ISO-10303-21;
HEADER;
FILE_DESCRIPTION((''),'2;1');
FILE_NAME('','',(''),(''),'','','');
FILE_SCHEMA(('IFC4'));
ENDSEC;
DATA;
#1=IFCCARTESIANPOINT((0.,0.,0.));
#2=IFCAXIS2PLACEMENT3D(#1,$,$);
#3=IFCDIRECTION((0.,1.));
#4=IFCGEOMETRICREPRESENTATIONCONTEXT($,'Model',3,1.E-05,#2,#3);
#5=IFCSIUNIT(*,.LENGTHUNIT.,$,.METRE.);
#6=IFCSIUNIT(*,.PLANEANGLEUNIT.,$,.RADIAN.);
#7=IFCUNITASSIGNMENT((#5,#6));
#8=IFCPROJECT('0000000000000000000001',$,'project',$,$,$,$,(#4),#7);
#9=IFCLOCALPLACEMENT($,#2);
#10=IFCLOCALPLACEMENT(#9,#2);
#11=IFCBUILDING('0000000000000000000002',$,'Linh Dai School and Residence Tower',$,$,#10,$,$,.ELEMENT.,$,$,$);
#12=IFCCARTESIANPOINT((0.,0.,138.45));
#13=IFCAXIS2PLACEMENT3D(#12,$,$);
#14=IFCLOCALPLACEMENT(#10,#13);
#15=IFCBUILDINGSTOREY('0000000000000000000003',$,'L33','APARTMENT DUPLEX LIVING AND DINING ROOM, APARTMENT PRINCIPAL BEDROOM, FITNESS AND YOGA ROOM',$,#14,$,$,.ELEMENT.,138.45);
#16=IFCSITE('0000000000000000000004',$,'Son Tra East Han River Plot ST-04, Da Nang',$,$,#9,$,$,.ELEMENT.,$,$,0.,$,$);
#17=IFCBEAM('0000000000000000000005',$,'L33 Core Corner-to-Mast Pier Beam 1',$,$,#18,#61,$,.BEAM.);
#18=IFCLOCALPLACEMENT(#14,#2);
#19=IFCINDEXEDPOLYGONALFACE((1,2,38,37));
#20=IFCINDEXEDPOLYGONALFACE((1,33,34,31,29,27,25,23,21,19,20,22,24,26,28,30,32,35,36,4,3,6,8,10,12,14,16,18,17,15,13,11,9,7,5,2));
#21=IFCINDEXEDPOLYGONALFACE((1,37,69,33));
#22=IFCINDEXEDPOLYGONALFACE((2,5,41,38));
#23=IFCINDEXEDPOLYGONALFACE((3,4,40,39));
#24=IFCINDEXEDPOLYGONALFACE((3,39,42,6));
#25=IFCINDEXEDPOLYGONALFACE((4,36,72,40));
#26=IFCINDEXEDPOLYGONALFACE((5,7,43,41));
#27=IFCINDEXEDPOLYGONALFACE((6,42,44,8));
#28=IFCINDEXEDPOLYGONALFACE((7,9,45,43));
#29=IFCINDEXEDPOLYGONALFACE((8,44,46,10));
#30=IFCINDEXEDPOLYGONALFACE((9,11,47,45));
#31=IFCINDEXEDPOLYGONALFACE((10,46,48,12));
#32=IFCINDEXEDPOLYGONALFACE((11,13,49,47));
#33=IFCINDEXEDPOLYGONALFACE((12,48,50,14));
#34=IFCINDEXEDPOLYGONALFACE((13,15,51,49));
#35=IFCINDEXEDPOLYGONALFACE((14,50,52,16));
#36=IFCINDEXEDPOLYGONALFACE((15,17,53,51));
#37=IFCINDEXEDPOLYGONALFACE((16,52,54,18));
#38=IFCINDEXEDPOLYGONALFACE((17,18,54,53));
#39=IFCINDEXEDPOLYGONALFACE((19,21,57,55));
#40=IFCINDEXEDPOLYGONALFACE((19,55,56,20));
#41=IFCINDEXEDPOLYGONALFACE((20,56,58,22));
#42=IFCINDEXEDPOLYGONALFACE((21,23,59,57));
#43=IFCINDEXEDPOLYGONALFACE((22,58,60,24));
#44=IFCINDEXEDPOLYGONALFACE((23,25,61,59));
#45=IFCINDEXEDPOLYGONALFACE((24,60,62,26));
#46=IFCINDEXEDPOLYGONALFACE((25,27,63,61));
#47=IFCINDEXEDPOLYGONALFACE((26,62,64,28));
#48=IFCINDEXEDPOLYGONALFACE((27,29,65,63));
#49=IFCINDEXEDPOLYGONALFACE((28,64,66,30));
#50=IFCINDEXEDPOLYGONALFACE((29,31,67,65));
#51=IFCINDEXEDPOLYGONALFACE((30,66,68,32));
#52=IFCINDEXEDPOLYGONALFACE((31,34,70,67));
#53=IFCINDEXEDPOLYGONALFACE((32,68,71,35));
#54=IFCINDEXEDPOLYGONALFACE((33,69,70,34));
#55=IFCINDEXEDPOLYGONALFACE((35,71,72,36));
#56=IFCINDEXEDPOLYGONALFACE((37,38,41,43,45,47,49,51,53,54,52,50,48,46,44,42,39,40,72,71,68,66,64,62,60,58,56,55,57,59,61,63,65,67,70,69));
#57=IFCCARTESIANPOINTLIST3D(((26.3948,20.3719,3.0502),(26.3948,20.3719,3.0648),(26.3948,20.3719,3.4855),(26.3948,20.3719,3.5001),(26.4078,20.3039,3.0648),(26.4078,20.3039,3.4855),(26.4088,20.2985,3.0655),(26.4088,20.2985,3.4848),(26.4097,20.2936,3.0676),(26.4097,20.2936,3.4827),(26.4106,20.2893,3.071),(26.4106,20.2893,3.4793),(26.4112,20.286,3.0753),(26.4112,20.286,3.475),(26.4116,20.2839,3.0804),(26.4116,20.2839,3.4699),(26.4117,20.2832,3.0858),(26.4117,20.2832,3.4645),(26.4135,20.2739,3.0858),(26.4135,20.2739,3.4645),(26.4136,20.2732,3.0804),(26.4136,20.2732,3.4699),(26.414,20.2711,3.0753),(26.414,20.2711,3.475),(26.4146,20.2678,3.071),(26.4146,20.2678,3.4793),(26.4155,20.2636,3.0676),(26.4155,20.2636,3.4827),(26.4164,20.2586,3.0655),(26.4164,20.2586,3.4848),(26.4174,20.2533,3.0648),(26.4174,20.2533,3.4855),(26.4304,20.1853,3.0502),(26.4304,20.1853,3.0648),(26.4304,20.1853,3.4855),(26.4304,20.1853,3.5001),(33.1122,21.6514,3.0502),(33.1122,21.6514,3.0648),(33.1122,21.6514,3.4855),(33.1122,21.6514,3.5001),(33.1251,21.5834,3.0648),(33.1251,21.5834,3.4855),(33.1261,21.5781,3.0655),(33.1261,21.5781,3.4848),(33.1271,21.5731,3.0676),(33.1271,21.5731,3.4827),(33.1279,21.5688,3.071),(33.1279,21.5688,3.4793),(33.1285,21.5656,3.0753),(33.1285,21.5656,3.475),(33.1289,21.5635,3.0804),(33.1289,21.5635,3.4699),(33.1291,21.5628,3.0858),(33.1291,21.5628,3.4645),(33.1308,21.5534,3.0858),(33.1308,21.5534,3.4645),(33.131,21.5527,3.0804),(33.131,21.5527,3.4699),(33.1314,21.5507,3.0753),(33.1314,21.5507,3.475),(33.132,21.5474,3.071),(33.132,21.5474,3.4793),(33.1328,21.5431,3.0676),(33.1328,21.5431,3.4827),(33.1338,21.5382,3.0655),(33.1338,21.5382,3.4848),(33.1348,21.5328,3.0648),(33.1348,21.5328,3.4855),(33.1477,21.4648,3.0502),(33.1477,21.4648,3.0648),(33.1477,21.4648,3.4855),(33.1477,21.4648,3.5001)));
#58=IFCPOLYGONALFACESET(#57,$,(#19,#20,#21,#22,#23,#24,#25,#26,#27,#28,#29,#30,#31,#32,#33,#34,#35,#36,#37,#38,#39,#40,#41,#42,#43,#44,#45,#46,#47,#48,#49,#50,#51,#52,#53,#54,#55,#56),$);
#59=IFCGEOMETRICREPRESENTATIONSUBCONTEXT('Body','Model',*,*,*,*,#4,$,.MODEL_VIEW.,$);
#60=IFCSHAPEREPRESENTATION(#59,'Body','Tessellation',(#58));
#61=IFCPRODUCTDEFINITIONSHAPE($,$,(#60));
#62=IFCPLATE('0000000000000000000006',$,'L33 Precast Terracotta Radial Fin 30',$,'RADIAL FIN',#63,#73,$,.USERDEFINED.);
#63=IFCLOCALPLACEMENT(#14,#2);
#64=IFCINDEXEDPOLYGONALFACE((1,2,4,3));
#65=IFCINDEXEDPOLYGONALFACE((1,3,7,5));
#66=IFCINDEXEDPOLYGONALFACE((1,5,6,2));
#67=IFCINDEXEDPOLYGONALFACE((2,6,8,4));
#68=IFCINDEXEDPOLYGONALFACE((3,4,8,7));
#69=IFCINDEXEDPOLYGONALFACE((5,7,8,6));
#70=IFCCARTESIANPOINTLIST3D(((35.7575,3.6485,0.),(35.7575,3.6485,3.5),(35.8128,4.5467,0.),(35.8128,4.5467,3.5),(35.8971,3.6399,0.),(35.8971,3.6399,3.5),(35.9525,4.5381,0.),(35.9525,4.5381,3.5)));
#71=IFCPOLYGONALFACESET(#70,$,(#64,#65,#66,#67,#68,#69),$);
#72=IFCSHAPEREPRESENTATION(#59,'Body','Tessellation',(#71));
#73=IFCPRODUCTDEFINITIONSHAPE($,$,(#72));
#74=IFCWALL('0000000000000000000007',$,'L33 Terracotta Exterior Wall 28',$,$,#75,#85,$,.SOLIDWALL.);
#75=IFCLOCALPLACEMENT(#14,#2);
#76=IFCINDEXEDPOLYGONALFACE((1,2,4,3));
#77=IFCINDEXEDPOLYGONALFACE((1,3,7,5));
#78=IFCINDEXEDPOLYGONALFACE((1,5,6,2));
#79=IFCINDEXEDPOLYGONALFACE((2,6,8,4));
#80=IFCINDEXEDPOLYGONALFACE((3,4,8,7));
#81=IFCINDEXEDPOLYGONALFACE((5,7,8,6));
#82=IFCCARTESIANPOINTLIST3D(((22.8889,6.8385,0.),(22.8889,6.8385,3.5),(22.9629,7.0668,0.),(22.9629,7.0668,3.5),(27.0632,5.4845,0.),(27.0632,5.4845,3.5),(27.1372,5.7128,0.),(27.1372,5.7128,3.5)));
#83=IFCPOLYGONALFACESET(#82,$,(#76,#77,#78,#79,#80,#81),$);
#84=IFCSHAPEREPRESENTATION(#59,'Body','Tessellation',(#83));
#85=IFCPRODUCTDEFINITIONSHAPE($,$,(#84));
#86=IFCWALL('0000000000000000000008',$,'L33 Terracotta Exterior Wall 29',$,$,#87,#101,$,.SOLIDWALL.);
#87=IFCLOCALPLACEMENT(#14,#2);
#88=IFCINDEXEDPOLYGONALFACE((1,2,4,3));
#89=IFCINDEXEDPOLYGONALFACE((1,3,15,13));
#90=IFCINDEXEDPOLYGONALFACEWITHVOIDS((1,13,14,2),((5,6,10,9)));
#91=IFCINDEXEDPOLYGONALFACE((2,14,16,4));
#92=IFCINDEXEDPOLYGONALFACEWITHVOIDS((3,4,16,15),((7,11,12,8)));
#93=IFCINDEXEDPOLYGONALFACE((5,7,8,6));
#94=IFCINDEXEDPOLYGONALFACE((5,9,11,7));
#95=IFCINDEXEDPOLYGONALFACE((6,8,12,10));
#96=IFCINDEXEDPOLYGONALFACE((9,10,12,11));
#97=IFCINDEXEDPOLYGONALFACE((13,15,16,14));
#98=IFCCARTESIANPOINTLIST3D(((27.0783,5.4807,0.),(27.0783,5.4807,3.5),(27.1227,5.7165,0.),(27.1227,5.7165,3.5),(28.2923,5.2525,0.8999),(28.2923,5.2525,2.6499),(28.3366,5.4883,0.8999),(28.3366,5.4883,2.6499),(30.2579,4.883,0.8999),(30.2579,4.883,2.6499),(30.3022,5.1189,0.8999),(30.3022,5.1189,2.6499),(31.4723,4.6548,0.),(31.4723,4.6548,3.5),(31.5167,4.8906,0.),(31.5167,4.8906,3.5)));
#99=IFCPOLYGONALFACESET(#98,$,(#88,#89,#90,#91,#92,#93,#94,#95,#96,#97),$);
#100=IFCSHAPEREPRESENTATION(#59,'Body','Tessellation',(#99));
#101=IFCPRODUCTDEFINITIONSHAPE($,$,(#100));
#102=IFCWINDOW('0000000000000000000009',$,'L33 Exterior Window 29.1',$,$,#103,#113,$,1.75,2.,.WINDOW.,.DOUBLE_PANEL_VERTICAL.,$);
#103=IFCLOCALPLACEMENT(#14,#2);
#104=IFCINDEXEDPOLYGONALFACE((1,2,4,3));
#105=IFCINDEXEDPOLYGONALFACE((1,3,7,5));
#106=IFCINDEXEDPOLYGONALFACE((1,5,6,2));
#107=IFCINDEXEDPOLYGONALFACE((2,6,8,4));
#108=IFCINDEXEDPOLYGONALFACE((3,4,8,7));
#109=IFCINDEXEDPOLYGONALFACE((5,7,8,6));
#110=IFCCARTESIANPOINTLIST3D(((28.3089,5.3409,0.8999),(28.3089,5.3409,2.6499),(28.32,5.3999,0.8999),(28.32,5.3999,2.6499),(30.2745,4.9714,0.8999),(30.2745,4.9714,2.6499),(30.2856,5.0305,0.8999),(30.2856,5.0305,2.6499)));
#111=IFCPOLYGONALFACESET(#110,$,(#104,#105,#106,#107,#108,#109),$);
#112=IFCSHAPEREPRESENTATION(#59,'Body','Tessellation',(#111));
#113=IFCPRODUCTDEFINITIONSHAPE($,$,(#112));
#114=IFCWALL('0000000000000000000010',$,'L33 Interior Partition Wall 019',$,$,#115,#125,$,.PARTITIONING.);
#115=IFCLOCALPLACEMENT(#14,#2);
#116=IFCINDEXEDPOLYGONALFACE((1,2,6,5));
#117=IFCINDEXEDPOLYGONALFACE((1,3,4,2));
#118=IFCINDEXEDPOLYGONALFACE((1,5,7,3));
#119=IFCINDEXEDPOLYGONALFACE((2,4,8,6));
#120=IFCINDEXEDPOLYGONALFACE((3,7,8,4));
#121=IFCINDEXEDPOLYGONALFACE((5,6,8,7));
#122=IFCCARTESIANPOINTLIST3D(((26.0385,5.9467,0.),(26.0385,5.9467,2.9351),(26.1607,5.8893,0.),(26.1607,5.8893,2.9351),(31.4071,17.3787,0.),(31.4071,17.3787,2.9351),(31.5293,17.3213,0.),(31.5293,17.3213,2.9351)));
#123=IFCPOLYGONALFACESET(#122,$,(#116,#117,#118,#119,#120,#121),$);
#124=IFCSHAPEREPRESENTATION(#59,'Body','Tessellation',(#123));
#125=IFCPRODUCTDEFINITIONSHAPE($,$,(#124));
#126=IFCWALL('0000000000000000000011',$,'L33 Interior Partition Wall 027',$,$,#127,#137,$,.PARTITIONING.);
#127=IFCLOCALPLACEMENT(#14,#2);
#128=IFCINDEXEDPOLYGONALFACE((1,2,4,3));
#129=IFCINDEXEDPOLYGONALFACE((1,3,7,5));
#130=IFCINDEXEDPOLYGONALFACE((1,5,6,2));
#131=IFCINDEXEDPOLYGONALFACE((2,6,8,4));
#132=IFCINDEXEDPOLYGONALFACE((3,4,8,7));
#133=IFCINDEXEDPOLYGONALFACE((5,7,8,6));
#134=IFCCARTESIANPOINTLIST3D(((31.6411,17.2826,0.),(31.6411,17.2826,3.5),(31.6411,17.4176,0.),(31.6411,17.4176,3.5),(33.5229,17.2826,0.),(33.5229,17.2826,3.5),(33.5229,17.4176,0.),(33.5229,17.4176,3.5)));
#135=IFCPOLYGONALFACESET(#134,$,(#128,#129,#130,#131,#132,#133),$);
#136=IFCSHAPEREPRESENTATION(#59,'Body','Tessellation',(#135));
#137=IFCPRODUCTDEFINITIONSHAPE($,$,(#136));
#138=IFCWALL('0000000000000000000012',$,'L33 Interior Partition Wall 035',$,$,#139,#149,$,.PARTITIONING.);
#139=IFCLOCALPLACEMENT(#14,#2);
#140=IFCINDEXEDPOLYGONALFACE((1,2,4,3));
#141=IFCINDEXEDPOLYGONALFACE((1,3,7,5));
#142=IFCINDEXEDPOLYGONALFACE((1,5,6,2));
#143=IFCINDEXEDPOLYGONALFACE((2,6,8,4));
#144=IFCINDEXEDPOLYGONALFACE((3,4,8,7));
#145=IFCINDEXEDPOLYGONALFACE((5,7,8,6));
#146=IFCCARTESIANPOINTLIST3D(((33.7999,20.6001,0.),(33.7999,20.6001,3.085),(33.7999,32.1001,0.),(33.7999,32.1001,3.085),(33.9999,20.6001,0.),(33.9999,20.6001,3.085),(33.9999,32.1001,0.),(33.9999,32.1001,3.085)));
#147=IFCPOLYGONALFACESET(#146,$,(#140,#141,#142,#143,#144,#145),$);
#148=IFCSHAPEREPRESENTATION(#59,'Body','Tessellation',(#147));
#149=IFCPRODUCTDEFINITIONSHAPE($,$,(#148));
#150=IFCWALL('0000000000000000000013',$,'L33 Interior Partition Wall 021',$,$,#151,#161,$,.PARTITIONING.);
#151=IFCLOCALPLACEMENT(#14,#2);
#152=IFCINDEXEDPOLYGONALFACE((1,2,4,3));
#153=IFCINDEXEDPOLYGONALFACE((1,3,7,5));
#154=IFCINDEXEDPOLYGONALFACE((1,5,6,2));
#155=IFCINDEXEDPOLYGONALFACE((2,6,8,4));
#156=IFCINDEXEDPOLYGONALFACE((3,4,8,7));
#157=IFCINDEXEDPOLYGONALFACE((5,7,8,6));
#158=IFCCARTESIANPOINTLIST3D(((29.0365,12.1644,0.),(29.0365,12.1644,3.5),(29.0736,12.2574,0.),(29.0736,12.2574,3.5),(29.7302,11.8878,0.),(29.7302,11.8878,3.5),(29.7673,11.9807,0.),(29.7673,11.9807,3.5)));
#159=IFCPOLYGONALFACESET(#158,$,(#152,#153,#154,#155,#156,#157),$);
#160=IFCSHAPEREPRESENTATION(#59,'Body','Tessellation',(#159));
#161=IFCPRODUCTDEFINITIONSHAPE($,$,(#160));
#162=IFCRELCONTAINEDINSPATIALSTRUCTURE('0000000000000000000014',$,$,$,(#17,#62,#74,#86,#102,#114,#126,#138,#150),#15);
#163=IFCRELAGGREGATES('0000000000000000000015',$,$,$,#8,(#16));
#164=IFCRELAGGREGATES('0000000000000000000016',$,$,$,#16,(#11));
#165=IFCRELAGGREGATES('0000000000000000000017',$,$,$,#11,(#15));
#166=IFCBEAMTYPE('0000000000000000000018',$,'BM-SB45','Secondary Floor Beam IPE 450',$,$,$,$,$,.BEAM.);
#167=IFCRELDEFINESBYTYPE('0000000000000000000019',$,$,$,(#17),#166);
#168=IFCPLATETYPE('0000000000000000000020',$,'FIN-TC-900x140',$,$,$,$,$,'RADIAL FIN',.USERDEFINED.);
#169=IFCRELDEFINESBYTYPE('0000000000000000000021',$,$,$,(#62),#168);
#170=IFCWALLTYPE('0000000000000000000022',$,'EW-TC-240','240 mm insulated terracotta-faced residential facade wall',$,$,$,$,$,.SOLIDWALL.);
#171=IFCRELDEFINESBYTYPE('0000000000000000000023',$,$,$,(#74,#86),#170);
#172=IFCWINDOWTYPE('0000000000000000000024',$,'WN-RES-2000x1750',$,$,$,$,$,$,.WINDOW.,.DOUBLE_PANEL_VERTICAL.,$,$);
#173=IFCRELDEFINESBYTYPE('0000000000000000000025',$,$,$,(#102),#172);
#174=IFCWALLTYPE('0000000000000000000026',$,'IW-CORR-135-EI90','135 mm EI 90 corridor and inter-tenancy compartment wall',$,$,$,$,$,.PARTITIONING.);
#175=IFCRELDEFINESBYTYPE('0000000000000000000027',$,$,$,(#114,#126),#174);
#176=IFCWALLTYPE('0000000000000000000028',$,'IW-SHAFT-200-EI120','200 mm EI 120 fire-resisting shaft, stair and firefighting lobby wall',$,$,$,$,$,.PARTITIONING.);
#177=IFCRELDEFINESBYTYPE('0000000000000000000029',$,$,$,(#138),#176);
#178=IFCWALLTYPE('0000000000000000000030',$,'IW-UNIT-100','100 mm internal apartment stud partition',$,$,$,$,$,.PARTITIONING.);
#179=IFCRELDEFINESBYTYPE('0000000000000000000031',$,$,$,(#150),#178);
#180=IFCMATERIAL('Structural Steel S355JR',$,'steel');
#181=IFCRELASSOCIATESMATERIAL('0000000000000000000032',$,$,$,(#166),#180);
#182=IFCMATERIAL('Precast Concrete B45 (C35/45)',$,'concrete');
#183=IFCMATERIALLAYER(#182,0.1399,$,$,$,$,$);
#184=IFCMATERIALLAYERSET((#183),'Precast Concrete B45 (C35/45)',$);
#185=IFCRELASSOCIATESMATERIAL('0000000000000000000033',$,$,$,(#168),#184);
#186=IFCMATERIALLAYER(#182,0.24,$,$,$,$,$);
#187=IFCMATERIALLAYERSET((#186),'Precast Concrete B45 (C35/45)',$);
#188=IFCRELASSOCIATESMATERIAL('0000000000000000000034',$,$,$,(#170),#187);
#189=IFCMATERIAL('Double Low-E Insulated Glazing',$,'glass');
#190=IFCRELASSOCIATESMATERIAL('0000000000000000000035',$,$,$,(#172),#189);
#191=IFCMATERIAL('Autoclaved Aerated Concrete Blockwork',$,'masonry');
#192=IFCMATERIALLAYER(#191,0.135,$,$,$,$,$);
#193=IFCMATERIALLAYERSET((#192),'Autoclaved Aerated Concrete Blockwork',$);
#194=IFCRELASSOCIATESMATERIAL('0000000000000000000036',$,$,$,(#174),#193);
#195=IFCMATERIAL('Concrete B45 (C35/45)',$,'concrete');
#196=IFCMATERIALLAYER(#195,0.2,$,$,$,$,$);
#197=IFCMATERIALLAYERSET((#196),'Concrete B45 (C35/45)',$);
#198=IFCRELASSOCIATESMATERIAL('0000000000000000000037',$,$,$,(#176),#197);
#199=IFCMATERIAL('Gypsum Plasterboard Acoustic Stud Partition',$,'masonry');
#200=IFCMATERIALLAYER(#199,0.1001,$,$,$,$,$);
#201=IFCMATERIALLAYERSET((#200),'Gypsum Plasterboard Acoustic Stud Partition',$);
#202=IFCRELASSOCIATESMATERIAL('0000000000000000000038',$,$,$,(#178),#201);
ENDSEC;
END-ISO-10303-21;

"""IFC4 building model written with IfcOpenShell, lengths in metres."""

from ifc_helpers import new_model, si_unit, direction, frame, frame_2d, origin, origin_2d, place, context, subcontext, project, spatial, rectangle, i_section, extrude, source, transform, mapped, material, layer, layer_set, material_profile, profile_set, type_object, element, fill, save


model = new_model("IFC4")

# Units and contexts
model_context = context("Model", 3, precision=1e-05, world=origin(), true_north=direction((0.0, 1.0)))
body_context = subcontext(model_context, "Body", "Model", "MODEL_VIEW")
ifc_project = project(units=[si_unit("LENGTHUNIT", "METRE"), si_unit("PLANEANGLEUNIT", "RADIAN")], contexts=[model_context])

# Site, building, storey
site_placement = place(None, origin())
site = spatial("IfcSite", under=ifc_project, at=site_placement, Name="Son Tra East Han River Plot ST-04, Da Nang", CompositionType="ELEMENT", RefElevation=0.0)
building_placement = place(site_placement, origin())
building = spatial("IfcBuilding", under=site, at=building_placement, Name="Linh Dai School and Residence Tower", CompositionType="ELEMENT")
storey_placement = place(building_placement, frame((0.0, 0.0, 138.45)))
storey = spatial("IfcBuildingStorey", under=building, at=storey_placement, Name="L33", Description="APARTMENT DUPLEX LIVING AND DINING ROOM, APARTMENT PRINCIPAL BEDROOM, FITNESS AND YOGA ROOM", CompositionType="ELEMENT", Elevation=138.45)

# Shared definitions
ifc_material_1 = material(Name="Structural Steel S355JR", Category="steel")

# Beam
ifc_material_profile_1 = material_profile(ifc_material_1, i_section(OverallWidth=0.1899, OverallDepth=0.45, WebThickness=0.0095, FlangeThickness=0.0146, FilletRadius=0.021, at=origin_2d()), Name="IPE 450")
ifc_profile_set_1 = profile_set([ifc_material_profile_1], Name="Structural Steel S355JR")
beam_type_1 = type_object("IfcBeamType", Name="BM-SB45", Description="Secondary Floor Beam IPE 450", PredefinedType="BEAM", material=ifc_profile_set_1)
beam_1_placement = place(storey_placement, frame((26.4126, 20.2786, 3.2751), z_axis=(0.982337, 0.18712, 0.0), x_axis=(-0.18712, 0.982337, 0.0)))
element("IfcBeam", 1, at=beam_1_placement, inside=storey, type_object=beam_type_1, Name="L33 Core Corner-to-Mast Pier Beam 1", PredefinedType="BEAM", context=body_context, shape_type="SweptSolid", body=[
    extrude(i_section(OverallWidth=0.1899, OverallDepth=0.45, WebThickness=0.0095, FlangeThickness=0.0146, FilletRadius=0.021, at=origin_2d()), origin(), (0.0, 0.0, 1.0), 6.8381),
])

# Plate
ifc_material_2 = material(Name="Precast Concrete B45 (C35/45)", Category="concrete")
ifc_layer_1 = layer(ifc_material_2, 0.1399)
ifc_layer_set_1 = layer_set([ifc_layer_1], Name="Precast Concrete B45 (C35/45)")
plate_type = type_object("IfcPlateType", Name="FIN-TC-900x140", ElementType="RADIAL FIN", PredefinedType="USERDEFINED", material=ifc_layer_set_1)
shared_shape_1 = source(origin(), body_context, "Body", "SweptSolid", [
    extrude(rectangle(XDim=0.8999, YDim=0.1399, at=origin_2d()), origin(), (0.0, 0.0, 1.0), 3.5),
])
plate_placement = place(storey_placement, frame((35.855, 4.0933, 0.0), z_axis=(0.0, 0.0, 1.0), x_axis=(-0.061509, -0.998107, 0.0)))
element("IfcPlate", 2, at=plate_placement, inside=storey, type_object=plate_type, Name="L33 Precast Terracotta Radial Fin 30", ObjectType="RADIAL FIN", PredefinedType="USERDEFINED", context=body_context, shape_type="MappedRepresentation", body=[
    mapped(shared_shape_1, transform((0.0, 0.0, 0.0), x_axis=(1.0, 0.0, 0.0), y_axis=(0.0, 1.0, 0.0), z_axis=(0.0, 0.0, 1.0), scale=1.0)),
])

# Wall
ifc_layer_2 = layer(ifc_material_2, 0.24)
ifc_layer_set_2 = layer_set([ifc_layer_2], Name="Precast Concrete B45 (C35/45)")
wall_type_1 = type_object("IfcWallType", Name="EW-TC-240", Description="240 mm insulated terracotta-faced residential facade wall", PredefinedType="SOLIDWALL", material=ifc_layer_set_2)
wall_1_placement = place(storey_placement, frame((27.1003, 5.5986, 0.0), z_axis=(0.0, 0.0, 1.0), x_axis=(-0.951211, 0.30854, 0.0)))
element("IfcWall", 3, at=wall_1_placement, inside=storey, type_object=wall_type_1, Name="L33 Terracotta Exterior Wall 28", PredefinedType="SOLIDWALL", context=body_context, shape_type="SweptSolid", body=[
    extrude(rectangle(XDim=4.3884, YDim=0.24, at=frame_2d((2.1943, 0.0))), origin(), (0.0, 0.0, 1.0), 3.5),
])

# Wall, opening, window
wall_2_placement = place(storey_placement, frame((31.4944, 4.7727, 0.0), z_axis=(0.0, 0.0, 1.0), x_axis=(-0.982789, 0.18473, 0.0)))
wall_2 = element("IfcWall", 4, at=wall_2_placement, inside=storey, type_object=wall_type_1, Name="L33 Terracotta Exterior Wall 29", PredefinedType="SOLIDWALL", context=body_context, shape_type="SweptSolid", body=[
    extrude(rectangle(XDim=4.4709, YDim=0.24, at=frame_2d((2.2354, 0.0))), origin(), (0.0, 0.0, 1.0), 3.5),
])
opening_1_placement = place(wall_2_placement, frame((1.2356, 0.0, 0.8999)))
opening_1 = element("IfcOpeningElement", 5, at=opening_1_placement, cuts=wall_2, PredefinedType="OPENING", context=body_context, shape_type="SweptSolid", body=[
    extrude(rectangle(XDim=2.0, YDim=1.75, at=origin_2d()), frame((1.0, 0.1299, 0.875), z_axis=(0.0, -1.0, 0.0), x_axis=(1.0, 0.0, 0.0)), (0.0, 0.0, 1.0), 0.26),
])
ifc_material_3 = material(Name="Double Low-E Insulated Glazing", Category="glass")
window_type = type_object("IfcWindowType", Name="WN-RES-2000x1750", PartitioningType="DOUBLE_PANEL_VERTICAL", PredefinedType="WINDOW", material=ifc_material_3)
shared_shape_2 = source(origin(), body_context, "Body", "SweptSolid", [
    extrude(rectangle(XDim=2.0, YDim=1.75, at=origin_2d()), frame((1.0, 0.03, 0.875), z_axis=(0.0, -1.0, 0.0), x_axis=(1.0, 0.0, 0.0)), (0.0, 0.0, 1.0), 0.0601),
])
window_placement = place(opening_1_placement, origin())
window = element("IfcWindow", 6, at=window_placement, inside=storey, type_object=window_type, Name="L33 Exterior Window 29.1", OverallHeight=1.75, OverallWidth=2.0, PartitioningType="DOUBLE_PANEL_VERTICAL", PredefinedType="WINDOW", context=body_context, shape_type="MappedRepresentation", body=[
    mapped(shared_shape_2, transform((0.0, 0.0, 0.0), x_axis=(1.0, 0.0, 0.0), y_axis=(0.0, 1.0, 0.0), z_axis=(0.0, 0.0, 1.0), scale=1.0)),
])
fill(opening_1, window)

# Walls
ifc_material_4 = material(Name="Autoclaved Aerated Concrete Blockwork", Category="masonry")
ifc_layer_3 = layer(ifc_material_4, 0.135)
ifc_layer_set_3 = layer_set([ifc_layer_3], Name="Autoclaved Aerated Concrete Blockwork")
wall_type_2 = type_object("IfcWallType", Name="IW-CORR-135-EI90", Description="135 mm EI 90 corridor and inter-tenancy compartment wall", PredefinedType="PARTITIONING", material=ifc_layer_set_3)
wall_3_placement = place(storey_placement, frame((26.0996, 5.918, 0.0), z_axis=(0.0, 0.0, 1.0), x_axis=(0.425073, 0.905159, 0.0)))
element("IfcWall", 7, at=wall_3_placement, inside=storey, type_object=wall_type_2, Name="L33 Interior Partition Wall 019", PredefinedType="PARTITIONING", context=body_context, shape_type="SweptSolid", body=[
    extrude(rectangle(XDim=12.6299, YDim=0.135, at=frame_2d((6.3149, 0.0))), origin(), (0.0, 0.0, 1.0), 2.9351),
])
wall_4_placement = place(storey_placement, frame((31.6411, 17.3501, 0.0), z_axis=(0.0, 0.0, 1.0), x_axis=(1.0, 0.0, 0.0)))
element("IfcWall", 8, at=wall_4_placement, inside=storey, type_object=wall_type_2, Name="L33 Interior Partition Wall 027", PredefinedType="PARTITIONING", context=body_context, shape_type="SweptSolid", body=[
    extrude(rectangle(XDim=1.8818, YDim=0.135, at=frame_2d((0.9409, 0.0))), origin(), (0.0, 0.0, 1.0), 3.5),
])
ifc_material_5 = material(Name="Concrete B45 (C35/45)", Category="concrete")
ifc_layer_4 = layer(ifc_material_5, 0.2)
ifc_layer_set_4 = layer_set([ifc_layer_4], Name="Concrete B45 (C35/45)")
wall_type_3 = type_object("IfcWallType", Name="IW-SHAFT-200-EI120", Description="200 mm EI 120 fire-resisting shaft, stair and firefighting lobby wall", PredefinedType="PARTITIONING", material=ifc_layer_set_4)
wall_5_placement = place(storey_placement, frame((33.8999, 20.6001, 0.0), z_axis=(0.0, 0.0, 1.0), x_axis=(0.0, 1.0, 0.0)))
element("IfcWall", 9, at=wall_5_placement, inside=storey, type_object=wall_type_3, Name="L33 Interior Partition Wall 035", PredefinedType="PARTITIONING", context=body_context, shape_type="SweptSolid", body=[
    extrude(rectangle(XDim=11.5, YDim=0.2, at=frame_2d((5.75, 0.0))), origin(), (0.0, 0.0, 1.0), 3.085),
])
ifc_material_6 = material(Name="Gypsum Plasterboard Acoustic Stud Partition", Category="masonry")
ifc_layer_5 = layer(ifc_material_6, 0.1001)
ifc_layer_set_5 = layer_set([ifc_layer_5], Name="Gypsum Plasterboard Acoustic Stud Partition")
wall_type_4 = type_object("IfcWallType", Name="IW-UNIT-100", Description="100 mm internal apartment stud partition", PredefinedType="PARTITIONING", material=ifc_layer_set_5)
wall_6_placement = place(storey_placement, frame((29.0549, 12.2109, 0.0), z_axis=(0.0, 0.0, 1.0), x_axis=(0.92886, -0.370432, 0.0)))
element("IfcWall", 10, at=wall_6_placement, inside=storey, type_object=wall_type_4, Name="L33 Interior Partition Wall 021", PredefinedType="PARTITIONING", context=body_context, shape_type="SweptSolid", body=[
    extrude(rectangle(XDim=0.7468, YDim=0.1001, at=frame_2d((0.3735, 0.0))), origin(), (0.0, 0.0, 1.0), 3.5),
])

save(model, "model.ifc")
